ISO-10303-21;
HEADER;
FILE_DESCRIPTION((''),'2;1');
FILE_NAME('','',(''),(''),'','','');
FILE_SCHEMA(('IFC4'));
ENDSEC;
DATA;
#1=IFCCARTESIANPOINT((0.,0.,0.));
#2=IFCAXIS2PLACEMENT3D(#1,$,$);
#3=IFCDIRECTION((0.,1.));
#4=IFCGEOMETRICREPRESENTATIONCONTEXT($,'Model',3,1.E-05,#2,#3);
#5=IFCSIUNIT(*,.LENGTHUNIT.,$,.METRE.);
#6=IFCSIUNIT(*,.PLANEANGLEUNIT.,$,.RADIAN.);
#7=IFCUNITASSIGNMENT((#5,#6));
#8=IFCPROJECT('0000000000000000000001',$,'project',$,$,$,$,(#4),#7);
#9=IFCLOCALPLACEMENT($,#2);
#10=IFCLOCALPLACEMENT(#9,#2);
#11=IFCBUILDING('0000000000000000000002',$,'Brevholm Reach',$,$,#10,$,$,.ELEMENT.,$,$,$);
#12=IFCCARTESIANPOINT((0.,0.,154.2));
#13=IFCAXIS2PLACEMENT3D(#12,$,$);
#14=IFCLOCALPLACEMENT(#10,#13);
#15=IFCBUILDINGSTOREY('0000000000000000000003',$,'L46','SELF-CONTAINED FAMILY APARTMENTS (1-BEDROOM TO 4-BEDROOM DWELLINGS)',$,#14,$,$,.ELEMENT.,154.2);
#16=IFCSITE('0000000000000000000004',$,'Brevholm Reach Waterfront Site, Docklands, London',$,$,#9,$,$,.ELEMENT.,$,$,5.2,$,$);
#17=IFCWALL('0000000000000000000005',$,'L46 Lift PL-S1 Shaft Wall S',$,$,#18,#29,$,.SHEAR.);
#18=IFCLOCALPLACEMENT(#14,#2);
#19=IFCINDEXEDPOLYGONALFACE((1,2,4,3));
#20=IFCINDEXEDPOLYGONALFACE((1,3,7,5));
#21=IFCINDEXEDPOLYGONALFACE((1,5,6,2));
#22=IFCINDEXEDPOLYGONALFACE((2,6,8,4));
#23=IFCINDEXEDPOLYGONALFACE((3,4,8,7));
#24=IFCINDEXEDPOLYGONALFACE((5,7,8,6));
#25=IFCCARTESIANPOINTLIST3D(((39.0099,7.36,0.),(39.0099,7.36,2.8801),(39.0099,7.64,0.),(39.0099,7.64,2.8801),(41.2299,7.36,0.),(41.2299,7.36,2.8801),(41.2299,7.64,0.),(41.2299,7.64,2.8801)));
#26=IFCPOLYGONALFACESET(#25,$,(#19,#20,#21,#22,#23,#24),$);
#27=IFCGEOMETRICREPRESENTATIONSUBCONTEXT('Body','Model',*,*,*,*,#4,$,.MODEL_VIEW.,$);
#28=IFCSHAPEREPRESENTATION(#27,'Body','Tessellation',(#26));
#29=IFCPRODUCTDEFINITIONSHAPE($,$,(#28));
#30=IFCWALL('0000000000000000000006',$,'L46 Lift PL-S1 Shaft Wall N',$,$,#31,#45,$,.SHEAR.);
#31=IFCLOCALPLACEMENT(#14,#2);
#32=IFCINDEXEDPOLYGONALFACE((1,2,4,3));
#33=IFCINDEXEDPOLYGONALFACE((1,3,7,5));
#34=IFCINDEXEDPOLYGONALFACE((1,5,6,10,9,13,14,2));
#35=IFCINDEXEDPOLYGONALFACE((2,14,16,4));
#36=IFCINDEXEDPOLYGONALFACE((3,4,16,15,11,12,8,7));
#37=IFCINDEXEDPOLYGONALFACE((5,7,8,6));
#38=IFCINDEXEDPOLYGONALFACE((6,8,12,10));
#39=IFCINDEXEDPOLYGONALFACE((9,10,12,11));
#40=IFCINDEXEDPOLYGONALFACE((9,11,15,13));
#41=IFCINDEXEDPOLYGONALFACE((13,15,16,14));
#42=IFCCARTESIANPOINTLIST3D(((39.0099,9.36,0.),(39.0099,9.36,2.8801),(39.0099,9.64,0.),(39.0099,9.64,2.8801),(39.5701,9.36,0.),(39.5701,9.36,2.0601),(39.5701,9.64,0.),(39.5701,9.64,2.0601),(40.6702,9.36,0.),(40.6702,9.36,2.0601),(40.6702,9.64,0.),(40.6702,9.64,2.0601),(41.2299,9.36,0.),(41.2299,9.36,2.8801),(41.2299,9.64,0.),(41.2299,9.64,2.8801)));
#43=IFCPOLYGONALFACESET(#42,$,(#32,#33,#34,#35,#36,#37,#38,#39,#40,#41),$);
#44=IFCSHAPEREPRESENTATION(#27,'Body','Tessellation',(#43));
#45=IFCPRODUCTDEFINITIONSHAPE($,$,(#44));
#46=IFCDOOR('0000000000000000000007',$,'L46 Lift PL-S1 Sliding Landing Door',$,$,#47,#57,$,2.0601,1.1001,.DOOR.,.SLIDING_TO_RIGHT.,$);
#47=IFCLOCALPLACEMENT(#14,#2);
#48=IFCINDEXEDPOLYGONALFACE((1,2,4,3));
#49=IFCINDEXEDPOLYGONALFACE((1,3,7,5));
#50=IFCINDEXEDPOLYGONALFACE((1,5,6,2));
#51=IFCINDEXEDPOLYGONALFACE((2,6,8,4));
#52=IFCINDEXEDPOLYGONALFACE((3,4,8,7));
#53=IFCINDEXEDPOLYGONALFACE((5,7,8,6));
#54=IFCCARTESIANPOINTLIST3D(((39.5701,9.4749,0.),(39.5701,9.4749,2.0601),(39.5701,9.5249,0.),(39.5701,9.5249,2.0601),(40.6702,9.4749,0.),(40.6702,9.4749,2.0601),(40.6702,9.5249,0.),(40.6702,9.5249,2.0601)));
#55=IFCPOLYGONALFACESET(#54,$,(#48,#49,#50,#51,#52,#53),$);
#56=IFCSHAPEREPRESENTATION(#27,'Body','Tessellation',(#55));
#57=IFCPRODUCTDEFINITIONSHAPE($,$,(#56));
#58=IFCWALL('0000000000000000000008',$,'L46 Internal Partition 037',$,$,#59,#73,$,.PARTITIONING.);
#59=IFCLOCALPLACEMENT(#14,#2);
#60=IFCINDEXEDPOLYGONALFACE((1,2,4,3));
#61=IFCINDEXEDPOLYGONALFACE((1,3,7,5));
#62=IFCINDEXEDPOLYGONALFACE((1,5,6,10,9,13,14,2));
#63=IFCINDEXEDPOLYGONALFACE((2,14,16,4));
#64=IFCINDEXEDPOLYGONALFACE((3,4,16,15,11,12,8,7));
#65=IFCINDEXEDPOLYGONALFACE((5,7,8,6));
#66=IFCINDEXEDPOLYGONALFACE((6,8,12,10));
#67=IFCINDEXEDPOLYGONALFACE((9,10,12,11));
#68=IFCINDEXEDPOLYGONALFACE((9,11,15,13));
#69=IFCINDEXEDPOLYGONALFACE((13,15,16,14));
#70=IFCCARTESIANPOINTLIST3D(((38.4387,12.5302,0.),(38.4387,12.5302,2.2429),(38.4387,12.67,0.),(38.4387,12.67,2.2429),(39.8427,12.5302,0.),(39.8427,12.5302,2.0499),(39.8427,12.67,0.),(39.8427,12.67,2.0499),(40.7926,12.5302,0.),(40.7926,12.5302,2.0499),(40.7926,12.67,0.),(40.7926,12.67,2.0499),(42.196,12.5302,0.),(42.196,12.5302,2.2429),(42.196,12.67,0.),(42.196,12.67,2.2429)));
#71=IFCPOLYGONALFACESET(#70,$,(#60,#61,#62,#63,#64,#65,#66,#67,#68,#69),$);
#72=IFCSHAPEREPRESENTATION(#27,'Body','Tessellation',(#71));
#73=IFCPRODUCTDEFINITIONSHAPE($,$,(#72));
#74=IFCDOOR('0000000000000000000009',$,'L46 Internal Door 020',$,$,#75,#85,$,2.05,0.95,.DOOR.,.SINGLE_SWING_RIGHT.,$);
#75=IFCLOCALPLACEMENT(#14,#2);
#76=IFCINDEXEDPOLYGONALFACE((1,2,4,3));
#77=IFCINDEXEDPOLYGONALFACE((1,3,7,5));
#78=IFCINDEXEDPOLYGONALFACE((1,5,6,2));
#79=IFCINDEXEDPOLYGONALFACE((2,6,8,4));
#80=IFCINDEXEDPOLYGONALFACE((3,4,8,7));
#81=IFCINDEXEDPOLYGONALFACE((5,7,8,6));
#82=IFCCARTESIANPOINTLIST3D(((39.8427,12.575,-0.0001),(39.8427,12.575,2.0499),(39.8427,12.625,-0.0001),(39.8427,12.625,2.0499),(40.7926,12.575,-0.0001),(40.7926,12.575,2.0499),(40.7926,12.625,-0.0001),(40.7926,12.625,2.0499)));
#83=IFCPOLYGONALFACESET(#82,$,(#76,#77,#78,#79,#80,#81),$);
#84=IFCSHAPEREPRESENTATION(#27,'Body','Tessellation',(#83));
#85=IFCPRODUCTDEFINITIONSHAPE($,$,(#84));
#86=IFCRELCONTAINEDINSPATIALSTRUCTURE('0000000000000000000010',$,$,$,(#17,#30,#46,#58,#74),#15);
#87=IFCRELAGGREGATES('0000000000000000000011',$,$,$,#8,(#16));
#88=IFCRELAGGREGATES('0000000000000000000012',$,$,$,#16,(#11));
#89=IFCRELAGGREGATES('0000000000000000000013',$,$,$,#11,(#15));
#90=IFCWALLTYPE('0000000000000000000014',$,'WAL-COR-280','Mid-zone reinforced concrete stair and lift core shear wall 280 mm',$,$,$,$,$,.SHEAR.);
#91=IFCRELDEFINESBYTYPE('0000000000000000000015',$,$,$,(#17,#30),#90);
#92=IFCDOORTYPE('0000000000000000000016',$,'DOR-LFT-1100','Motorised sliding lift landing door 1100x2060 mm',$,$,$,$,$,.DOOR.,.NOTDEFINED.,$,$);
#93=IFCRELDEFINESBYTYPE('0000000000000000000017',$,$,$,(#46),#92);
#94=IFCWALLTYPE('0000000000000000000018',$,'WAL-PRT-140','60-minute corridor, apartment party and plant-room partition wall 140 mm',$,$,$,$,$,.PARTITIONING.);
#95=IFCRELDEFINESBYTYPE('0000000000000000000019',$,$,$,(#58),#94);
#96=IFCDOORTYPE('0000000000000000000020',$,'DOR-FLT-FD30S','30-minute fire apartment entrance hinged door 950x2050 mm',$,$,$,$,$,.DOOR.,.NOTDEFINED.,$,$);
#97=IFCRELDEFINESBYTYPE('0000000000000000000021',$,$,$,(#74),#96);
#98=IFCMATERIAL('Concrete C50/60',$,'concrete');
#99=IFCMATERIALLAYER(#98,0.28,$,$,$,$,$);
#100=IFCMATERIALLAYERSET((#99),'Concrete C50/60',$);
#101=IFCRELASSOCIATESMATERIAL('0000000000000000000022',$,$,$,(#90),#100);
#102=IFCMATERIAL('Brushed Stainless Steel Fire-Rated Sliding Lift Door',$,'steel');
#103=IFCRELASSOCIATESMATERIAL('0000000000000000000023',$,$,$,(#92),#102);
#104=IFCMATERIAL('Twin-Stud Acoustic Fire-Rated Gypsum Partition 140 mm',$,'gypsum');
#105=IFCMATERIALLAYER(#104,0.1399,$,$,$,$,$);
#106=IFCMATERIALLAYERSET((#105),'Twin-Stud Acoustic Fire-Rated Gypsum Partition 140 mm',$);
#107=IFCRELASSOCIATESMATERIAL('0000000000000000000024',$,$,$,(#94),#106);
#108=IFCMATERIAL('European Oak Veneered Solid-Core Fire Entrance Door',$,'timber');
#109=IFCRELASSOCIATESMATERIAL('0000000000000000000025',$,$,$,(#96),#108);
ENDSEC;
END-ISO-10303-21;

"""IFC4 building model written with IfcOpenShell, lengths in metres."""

from ifc_helpers import new_model, si_unit, direction, frame, frame_2d, origin, place, context, subcontext, project, spatial, rectangle, extrude, material, layer, layer_set, type_object, element, fill, save


model = new_model("IFC4")

# Units and contexts
model_context = context("Model", 3, precision=1e-05, world=origin(), true_north=direction((0.0, 1.0)))
body_context = subcontext(model_context, "Body", "Model", "MODEL_VIEW")
ifc_project = project(units=[si_unit("LENGTHUNIT", "METRE"), si_unit("PLANEANGLEUNIT", "RADIAN")], contexts=[model_context])

# Site, building, storey
site_placement = place(None, origin())
site = spatial("IfcSite", under=ifc_project, at=site_placement, Name="Brevholm Reach Waterfront Site, Docklands, London", CompositionType="ELEMENT", RefElevation=5.2)
building_placement = place(site_placement, origin())
building = spatial("IfcBuilding", under=site, at=building_placement, Name="Brevholm Reach", CompositionType="ELEMENT")
storey_placement = place(building_placement, frame((0.0, 0.0, 154.2)))
storey = spatial("IfcBuildingStorey", under=building, at=storey_placement, Name="L46", Description="SELF-CONTAINED FAMILY APARTMENTS (1-BEDROOM TO 4-BEDROOM DWELLINGS)", CompositionType="ELEMENT", Elevation=154.2)

# Wall
ifc_material_1 = material(Name="Concrete C50/60", Category="concrete")
ifc_layer_1 = layer(ifc_material_1, 0.28)
ifc_layer_set_1 = layer_set([ifc_layer_1], Name="Concrete C50/60")
wall_type_1 = type_object("IfcWallType", Name="WAL-COR-280", Description="Mid-zone reinforced concrete stair and lift core shear wall 280 mm", PredefinedType="SHEAR", material=ifc_layer_set_1)
wall_1_placement = place(storey_placement, frame((39.01, 7.5, 0.0), z_axis=(0.0, 0.0, 1.0), x_axis=(1.0, 0.0, 0.0)))
element("IfcWall", 1, at=wall_1_placement, inside=storey, type_object=wall_type_1, Name="L46 Lift PL-S1 Shaft Wall S", PredefinedType="SHEAR", context=body_context, shape_type="SweptSolid", body=[
    extrude(rectangle(XDim=2.22, YDim=0.28, at=frame_2d((1.1099, 0.0))), origin(), (0.0, 0.0, 1.0), 2.8801),
])

# Walls, openings, doors
wall_2_placement = place(storey_placement, frame((39.01, 9.5, 0.0), z_axis=(0.0, 0.0, 1.0), x_axis=(1.0, 0.0, 0.0)))
wall_2 = element("IfcWall", 2, at=wall_2_placement, inside=storey, type_object=wall_type_1, Name="L46 Lift PL-S1 Shaft Wall N", PredefinedType="SHEAR", context=body_context, shape_type="SweptSolid", body=[
    extrude(rectangle(XDim=2.22, YDim=0.28, at=frame_2d((1.1099, 0.0))), origin(), (0.0, 0.0, 1.0), 2.8801),
])
opening_1_placement = place(wall_2_placement, frame((0.5601, 0.0, 0.0)))
opening_1 = element("IfcOpeningElement", 3, at=opening_1_placement, cuts=wall_2, PredefinedType="OPENING", context=body_context, shape_type="SweptSolid", body=[
    extrude(rectangle(XDim=1.1001, YDim=2.0601, at=frame_2d((0.55, 1.03))), frame((0.0, 0.1499, 0.0), z_axis=(0.0, -1.0, 0.0), x_axis=(1.0, 0.0, 0.0)), (0.0, 0.0, 1.0), 0.3),
])
ifc_material_2 = material(Name="Brushed Stainless Steel Fire-Rated Sliding Lift Door", Category="steel")
door_type_1 = type_object("IfcDoorType", Name="DOR-LFT-1100", Description="Motorised sliding lift landing door 1100x2060 mm", OperationType="NOTDEFINED", PredefinedType="DOOR", material=ifc_material_2)
door_1_placement = place(opening_1_placement, origin())
door_1 = element("IfcDoor", 4, at=door_1_placement, inside=storey, type_object=door_type_1, Name="L46 Lift PL-S1 Sliding Landing Door", OperationType="SLIDING_TO_RIGHT", OverallHeight=2.0601, OverallWidth=1.1001, PredefinedType="DOOR", context=body_context, shape_type="SweptSolid", body=[
    extrude(rectangle(XDim=1.1001, YDim=2.0601, at=frame_2d((0.55, 1.03))), frame((0.0, 0.0249, 0.0), z_axis=(0.0, -1.0, 0.0), x_axis=(1.0, 0.0, 0.0)), (0.0, 0.0, 1.0), 0.05),
])
fill(opening_1, door_1)
ifc_material_3 = material(Name="Twin-Stud Acoustic Fire-Rated Gypsum Partition 140 mm", Category="gypsum")
ifc_layer_2 = layer(ifc_material_3, 0.1399)
ifc_layer_set_2 = layer_set([ifc_layer_2], Name="Twin-Stud Acoustic Fire-Rated Gypsum Partition 140 mm")
wall_type_2 = type_object("IfcWallType", Name="WAL-PRT-140", Description="60-minute corridor, apartment party and plant-room partition wall 140 mm", PredefinedType="PARTITIONING", material=ifc_layer_set_2)
wall_3_placement = place(storey_placement, frame((38.4387, 12.6001, 0.0), z_axis=(0.0, 0.0, 1.0), x_axis=(1.0, 0.0, 0.0)))
wall_3 = element("IfcWall", 5, at=wall_3_placement, inside=storey, type_object=wall_type_2, Name="L46 Internal Partition 037", PredefinedType="PARTITIONING", context=body_context, shape_type="SweptSolid", body=[
    extrude(rectangle(XDim=3.7573, YDim=0.1399, at=frame_2d((1.8787, 0.0))), origin(), (0.0, 0.0, 1.0), 2.2429),
])
opening_2_placement = place(wall_3_placement, frame((1.4038, 0.0, 0.0)))
opening_2 = element("IfcOpeningElement", 6, at=opening_2_placement, cuts=wall_3, PredefinedType="OPENING", context=body_context, shape_type="SweptSolid", body=[
    extrude(rectangle(XDim=0.95, YDim=2.05, at=frame_2d((0.4751, 1.0249))), frame((0.0, 0.0798, 0.0), z_axis=(0.0, -1.0, 0.0), x_axis=(1.0, 0.0, 0.0)), (0.0, 0.0, 1.0), 0.1599),
])
ifc_material_4 = material(Name="European Oak Veneered Solid-Core Fire Entrance Door", Category="timber")
door_type_2 = type_object("IfcDoorType", Name="DOR-FLT-FD30S", Description="30-minute fire apartment entrance hinged door 950x2050 mm", OperationType="NOTDEFINED", PredefinedType="DOOR", material=ifc_material_4)
door_2_placement = place(opening_2_placement, origin())
door_2 = element("IfcDoor", 7, at=door_2_placement, inside=storey, type_object=door_type_2, Name="L46 Internal Door 020", OperationType="SINGLE_SWING_RIGHT", OverallHeight=2.05, OverallWidth=0.95, PredefinedType="DOOR", context=body_context, shape_type="SweptSolid", body=[
    extrude(rectangle(XDim=0.95, YDim=2.05, at=frame_2d((0.4751, 1.0249))), frame((0.0, 0.0249, 0.0), z_axis=(0.0, -1.0, 0.0), x_axis=(1.0, 0.0, 0.0)), (0.0, 0.0, 1.0), 0.05),
])
fill(opening_2, door_2)

save(model, "model.ifc")
